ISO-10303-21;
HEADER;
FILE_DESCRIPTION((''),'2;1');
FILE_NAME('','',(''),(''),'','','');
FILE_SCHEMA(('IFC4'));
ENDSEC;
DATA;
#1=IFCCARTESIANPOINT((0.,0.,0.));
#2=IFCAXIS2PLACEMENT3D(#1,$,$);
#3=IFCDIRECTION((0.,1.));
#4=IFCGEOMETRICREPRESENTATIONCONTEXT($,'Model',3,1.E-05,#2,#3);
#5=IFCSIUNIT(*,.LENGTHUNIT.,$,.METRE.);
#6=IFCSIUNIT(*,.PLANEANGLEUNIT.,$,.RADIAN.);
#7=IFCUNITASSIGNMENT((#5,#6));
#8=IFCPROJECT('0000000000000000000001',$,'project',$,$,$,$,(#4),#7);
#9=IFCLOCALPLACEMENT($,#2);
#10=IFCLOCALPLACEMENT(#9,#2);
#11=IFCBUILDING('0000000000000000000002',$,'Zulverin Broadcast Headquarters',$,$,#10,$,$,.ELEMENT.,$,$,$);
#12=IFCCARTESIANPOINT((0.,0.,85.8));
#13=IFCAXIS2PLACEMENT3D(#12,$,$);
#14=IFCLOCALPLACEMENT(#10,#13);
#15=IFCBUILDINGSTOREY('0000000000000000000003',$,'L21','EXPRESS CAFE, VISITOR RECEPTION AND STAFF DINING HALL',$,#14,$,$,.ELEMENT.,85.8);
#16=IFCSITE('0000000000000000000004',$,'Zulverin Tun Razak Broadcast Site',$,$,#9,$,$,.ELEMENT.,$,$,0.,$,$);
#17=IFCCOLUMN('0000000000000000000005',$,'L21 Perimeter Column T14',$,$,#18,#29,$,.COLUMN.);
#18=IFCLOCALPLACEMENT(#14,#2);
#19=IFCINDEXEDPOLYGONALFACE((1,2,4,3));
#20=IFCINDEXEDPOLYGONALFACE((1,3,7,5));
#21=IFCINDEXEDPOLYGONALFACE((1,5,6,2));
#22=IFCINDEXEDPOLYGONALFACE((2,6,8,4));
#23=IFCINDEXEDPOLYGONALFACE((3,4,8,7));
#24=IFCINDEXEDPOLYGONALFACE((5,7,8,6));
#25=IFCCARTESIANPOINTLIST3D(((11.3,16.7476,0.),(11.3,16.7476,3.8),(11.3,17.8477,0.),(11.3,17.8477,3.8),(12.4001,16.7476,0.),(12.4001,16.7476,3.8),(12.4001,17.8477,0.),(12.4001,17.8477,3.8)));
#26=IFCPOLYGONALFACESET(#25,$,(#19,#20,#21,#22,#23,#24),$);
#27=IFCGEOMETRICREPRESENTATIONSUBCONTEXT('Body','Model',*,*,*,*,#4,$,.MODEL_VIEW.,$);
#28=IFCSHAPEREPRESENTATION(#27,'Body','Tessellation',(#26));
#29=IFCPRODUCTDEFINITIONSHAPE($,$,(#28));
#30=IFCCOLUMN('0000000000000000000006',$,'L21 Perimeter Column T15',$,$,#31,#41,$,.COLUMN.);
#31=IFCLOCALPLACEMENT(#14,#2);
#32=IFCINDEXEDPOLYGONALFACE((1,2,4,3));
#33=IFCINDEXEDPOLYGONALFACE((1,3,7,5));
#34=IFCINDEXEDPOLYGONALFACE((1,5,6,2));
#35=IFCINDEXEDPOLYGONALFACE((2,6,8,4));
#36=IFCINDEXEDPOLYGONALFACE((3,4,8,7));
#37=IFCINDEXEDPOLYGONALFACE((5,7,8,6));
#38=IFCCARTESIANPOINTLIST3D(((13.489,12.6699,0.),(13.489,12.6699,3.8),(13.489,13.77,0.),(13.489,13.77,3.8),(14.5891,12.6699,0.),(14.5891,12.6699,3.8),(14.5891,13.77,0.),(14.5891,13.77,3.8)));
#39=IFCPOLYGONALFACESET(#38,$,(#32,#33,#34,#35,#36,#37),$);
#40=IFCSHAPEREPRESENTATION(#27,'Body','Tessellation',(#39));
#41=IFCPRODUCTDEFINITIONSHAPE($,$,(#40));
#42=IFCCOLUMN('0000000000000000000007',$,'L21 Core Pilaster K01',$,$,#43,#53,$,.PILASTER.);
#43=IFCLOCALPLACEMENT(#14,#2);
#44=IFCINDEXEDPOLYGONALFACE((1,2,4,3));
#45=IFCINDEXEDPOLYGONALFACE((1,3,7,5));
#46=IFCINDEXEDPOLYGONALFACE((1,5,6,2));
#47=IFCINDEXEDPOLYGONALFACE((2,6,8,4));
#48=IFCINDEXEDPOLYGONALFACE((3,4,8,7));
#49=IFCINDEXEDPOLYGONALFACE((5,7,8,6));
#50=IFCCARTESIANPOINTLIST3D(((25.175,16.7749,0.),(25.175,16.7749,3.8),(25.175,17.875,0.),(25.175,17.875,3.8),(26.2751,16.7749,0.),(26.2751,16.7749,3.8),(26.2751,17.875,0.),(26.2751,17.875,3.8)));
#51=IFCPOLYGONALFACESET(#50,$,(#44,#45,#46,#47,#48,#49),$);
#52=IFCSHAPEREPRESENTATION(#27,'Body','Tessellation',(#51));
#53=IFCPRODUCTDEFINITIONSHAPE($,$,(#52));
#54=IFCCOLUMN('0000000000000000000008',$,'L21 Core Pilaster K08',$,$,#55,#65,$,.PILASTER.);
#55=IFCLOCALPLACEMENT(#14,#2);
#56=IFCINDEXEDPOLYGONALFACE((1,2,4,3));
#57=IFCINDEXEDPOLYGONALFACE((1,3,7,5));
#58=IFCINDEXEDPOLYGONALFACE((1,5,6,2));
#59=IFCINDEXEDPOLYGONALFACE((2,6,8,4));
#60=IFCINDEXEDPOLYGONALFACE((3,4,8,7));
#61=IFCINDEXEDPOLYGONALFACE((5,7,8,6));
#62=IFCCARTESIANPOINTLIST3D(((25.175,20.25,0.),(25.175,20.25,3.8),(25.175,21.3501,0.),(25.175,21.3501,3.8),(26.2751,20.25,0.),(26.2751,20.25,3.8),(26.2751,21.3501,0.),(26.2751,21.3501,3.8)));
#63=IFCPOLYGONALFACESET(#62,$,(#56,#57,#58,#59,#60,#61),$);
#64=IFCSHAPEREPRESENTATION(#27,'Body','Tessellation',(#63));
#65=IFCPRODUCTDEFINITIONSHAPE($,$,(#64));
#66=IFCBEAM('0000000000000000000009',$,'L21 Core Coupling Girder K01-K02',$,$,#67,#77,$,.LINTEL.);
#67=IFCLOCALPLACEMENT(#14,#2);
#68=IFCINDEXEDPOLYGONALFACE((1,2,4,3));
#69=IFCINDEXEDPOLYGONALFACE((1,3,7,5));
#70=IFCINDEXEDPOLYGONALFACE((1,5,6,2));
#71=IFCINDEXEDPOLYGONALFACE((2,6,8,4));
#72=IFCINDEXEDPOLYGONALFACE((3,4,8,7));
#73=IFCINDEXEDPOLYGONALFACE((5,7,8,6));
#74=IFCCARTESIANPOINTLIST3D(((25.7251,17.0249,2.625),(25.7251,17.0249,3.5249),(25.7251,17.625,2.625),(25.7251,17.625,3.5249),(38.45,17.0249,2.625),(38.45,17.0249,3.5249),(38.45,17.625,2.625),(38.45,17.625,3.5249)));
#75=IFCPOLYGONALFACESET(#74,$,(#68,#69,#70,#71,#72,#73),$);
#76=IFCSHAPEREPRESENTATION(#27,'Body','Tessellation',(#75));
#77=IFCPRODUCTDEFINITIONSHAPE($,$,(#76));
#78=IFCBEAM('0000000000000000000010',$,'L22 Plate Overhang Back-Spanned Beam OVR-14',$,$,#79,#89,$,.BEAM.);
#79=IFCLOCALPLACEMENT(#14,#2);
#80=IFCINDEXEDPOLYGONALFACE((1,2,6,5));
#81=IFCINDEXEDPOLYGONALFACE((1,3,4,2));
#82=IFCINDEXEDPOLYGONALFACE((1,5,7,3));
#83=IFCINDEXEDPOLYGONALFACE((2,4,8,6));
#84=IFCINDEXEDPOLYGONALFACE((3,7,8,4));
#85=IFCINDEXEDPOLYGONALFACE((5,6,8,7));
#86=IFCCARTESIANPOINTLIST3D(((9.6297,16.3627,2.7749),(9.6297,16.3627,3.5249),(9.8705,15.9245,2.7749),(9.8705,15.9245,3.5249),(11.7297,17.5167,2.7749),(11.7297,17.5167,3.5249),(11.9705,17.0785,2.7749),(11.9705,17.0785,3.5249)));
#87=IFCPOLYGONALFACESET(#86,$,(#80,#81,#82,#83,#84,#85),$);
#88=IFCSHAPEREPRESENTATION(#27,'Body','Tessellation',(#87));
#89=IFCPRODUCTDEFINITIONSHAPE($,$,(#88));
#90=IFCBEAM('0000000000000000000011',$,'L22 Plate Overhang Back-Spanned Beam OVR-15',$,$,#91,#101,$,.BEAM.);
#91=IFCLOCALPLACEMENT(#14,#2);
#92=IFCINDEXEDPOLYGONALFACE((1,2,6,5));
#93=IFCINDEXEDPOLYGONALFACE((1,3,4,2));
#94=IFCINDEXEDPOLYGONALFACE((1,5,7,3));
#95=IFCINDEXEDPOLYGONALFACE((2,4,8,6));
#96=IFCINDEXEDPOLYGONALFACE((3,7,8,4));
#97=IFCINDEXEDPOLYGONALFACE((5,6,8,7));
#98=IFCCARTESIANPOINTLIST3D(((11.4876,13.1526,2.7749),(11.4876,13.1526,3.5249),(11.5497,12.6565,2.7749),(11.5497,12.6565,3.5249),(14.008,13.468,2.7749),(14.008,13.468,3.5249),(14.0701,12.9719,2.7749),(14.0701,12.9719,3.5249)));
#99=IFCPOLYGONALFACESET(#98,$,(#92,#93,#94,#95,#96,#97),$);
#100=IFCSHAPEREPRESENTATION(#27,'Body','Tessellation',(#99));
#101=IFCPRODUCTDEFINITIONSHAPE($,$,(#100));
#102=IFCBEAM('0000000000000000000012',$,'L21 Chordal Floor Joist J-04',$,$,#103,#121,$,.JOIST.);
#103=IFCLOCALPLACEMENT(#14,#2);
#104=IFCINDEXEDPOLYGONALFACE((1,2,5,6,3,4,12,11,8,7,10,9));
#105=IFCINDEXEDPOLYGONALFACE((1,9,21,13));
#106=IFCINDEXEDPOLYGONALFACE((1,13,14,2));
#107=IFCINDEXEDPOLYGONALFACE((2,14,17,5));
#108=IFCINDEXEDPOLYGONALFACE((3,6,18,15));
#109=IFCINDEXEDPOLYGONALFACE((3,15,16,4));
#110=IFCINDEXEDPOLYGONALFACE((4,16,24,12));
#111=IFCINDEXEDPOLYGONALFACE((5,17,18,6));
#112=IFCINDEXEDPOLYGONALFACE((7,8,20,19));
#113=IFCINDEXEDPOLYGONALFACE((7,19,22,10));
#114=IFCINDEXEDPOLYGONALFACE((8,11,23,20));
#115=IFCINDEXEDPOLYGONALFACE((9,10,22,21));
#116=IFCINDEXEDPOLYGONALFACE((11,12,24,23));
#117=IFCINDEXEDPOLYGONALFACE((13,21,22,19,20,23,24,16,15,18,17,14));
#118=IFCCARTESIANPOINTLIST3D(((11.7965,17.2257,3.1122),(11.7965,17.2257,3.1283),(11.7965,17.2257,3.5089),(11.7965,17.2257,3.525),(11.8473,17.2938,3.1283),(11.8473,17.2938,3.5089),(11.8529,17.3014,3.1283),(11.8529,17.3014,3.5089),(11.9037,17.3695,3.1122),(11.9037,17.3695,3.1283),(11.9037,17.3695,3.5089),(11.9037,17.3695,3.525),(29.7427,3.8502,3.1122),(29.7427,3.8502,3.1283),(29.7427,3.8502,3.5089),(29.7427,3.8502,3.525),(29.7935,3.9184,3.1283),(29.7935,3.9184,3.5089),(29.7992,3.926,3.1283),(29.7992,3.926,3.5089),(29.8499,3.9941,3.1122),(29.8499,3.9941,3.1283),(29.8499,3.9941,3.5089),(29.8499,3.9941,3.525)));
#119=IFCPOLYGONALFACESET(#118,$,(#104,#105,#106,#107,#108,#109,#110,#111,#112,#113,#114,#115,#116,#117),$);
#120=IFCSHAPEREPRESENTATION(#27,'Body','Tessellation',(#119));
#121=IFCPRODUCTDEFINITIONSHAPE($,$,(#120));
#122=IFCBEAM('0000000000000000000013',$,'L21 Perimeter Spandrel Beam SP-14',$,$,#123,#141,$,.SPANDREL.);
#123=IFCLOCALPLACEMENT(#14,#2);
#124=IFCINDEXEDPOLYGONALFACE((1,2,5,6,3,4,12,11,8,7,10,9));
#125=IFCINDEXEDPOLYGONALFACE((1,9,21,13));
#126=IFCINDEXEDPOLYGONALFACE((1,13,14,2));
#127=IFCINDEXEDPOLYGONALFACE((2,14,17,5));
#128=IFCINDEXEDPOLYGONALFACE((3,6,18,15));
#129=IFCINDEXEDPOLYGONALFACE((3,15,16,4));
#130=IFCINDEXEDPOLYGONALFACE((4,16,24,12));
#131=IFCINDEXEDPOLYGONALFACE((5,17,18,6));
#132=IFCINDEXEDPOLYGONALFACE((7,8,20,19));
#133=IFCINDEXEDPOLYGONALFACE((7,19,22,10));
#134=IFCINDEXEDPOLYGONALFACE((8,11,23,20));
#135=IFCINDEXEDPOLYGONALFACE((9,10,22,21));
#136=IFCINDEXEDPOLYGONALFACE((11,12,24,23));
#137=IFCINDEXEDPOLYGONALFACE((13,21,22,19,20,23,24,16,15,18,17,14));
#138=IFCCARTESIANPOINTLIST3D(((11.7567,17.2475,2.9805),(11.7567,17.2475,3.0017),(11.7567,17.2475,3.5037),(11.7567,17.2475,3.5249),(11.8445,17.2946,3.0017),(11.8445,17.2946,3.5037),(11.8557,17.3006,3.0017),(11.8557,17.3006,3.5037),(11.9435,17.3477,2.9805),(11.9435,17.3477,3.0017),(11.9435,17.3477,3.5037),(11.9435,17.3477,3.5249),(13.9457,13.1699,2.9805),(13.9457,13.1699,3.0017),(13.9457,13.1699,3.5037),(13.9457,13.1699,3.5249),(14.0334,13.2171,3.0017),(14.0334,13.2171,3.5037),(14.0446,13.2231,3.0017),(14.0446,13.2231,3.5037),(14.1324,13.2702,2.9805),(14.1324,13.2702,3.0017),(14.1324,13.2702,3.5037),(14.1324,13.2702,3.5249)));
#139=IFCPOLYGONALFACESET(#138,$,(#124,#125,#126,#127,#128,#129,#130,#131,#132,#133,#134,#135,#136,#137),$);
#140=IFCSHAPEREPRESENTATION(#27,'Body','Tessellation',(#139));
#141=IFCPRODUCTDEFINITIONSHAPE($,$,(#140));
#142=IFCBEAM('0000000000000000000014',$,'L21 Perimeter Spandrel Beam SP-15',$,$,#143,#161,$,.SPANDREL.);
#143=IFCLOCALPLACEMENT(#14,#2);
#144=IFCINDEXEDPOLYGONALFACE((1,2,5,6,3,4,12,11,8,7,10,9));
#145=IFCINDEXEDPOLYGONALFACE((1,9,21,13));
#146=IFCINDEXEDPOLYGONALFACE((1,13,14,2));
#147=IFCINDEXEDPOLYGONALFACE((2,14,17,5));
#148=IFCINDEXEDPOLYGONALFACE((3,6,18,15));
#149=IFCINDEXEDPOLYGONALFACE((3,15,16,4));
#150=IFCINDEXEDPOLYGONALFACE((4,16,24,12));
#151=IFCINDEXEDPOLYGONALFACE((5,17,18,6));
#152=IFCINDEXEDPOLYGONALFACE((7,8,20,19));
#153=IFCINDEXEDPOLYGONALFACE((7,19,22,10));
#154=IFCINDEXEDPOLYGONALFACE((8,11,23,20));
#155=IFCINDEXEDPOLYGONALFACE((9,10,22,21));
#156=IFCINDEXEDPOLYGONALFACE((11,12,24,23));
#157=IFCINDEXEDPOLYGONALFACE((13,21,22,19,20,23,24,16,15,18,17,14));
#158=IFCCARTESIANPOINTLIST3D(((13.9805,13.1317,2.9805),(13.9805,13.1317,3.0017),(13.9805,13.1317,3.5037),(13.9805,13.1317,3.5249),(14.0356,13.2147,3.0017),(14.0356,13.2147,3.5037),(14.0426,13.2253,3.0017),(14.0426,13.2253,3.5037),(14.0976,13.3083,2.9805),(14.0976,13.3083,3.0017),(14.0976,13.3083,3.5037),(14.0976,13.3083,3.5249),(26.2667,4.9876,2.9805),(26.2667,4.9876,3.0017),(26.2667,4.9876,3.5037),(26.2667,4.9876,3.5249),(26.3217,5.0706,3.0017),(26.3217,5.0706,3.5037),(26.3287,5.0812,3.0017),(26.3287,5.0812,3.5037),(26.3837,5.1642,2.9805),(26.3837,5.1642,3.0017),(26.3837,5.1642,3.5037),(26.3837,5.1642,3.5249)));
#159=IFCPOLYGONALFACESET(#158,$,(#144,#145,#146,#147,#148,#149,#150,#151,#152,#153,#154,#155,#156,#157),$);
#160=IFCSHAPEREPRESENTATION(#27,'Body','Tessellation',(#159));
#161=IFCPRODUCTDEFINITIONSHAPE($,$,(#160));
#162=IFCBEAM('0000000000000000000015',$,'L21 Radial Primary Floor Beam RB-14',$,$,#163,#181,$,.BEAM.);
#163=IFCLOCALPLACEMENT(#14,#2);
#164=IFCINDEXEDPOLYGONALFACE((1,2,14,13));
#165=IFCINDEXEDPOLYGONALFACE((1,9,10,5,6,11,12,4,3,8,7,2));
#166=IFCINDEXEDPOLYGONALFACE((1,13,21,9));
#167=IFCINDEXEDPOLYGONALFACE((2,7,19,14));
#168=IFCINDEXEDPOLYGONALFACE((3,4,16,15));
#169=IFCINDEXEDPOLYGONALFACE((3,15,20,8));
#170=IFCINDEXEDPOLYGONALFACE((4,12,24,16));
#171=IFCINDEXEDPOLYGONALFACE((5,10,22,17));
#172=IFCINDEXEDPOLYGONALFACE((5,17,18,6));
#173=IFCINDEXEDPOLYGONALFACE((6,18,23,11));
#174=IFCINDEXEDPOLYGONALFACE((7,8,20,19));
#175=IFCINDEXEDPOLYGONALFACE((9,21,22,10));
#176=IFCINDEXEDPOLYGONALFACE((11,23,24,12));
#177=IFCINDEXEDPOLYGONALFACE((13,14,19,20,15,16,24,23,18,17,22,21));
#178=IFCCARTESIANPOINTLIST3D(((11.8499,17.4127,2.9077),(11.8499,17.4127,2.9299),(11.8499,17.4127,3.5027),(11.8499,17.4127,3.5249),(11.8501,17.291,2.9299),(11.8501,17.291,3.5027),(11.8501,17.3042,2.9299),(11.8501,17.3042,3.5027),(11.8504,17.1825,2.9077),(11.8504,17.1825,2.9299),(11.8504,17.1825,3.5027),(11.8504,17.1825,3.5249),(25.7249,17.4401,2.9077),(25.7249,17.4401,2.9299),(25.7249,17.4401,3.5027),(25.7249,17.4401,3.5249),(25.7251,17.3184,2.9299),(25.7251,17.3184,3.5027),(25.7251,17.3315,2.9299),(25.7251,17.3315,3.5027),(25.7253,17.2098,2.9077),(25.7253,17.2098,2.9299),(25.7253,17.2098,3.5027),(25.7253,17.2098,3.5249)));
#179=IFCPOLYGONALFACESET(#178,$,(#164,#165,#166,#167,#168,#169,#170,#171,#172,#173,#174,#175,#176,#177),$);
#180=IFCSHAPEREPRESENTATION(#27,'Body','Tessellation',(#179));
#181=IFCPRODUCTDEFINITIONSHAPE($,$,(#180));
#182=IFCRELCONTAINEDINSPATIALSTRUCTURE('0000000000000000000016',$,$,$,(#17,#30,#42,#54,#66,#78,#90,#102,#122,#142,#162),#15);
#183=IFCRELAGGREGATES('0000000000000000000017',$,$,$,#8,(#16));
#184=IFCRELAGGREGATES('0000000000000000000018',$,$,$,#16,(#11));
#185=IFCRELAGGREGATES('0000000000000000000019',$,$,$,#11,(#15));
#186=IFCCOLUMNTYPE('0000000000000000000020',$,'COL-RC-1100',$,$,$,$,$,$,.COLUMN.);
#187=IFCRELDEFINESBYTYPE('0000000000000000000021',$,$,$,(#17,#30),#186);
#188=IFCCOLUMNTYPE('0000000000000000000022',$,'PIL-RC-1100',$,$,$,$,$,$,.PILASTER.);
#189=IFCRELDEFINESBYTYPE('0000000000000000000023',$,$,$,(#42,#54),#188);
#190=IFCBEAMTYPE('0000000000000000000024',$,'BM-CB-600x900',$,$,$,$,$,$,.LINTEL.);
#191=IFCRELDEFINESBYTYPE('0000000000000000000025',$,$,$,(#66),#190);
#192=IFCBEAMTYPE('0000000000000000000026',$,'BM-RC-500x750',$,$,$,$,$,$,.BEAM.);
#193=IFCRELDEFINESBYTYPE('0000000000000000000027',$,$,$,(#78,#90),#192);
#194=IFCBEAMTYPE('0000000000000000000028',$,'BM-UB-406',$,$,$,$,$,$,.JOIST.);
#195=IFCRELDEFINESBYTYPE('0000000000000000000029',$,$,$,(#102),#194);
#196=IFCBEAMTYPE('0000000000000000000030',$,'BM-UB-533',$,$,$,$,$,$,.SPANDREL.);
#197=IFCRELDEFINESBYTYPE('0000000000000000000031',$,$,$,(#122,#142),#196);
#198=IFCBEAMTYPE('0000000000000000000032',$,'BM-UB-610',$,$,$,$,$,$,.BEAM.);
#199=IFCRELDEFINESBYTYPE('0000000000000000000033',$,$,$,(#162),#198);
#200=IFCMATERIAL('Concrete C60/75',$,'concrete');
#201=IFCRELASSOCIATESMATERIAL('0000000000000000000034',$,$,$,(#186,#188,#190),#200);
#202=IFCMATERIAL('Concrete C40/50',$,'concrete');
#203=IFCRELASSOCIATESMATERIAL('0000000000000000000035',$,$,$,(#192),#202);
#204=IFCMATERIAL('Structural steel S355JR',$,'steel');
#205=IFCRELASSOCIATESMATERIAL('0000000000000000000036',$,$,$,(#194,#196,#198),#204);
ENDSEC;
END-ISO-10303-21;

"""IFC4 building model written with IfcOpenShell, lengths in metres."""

from ifc_helpers import new_model, si_unit, direction, frame, origin, origin_2d, place, context, subcontext, project, spatial, rectangle, i_section, extrude, material, material_profile, profile_set, type_object, element, save


model = new_model("IFC4")

# Units and contexts
model_context = context("Model", 3, precision=1e-05, world=origin(), true_north=direction((0.0, 1.0)))
body_context = subcontext(model_context, "Body", "Model", "MODEL_VIEW")
ifc_project = project(units=[si_unit("LENGTHUNIT", "METRE"), si_unit("PLANEANGLEUNIT", "RADIAN")], contexts=[model_context])

# Site, building, storey
site_placement = place(None, origin())
site = spatial("IfcSite", under=ifc_project, at=site_placement, Name="Zulverin Tun Razak Broadcast Site", CompositionType="ELEMENT", RefElevation=0.0)
building_placement = place(site_placement, origin())
building = spatial("IfcBuilding", under=site, at=building_placement, Name="Zulverin Broadcast Headquarters", CompositionType="ELEMENT")
storey_placement = place(building_placement, frame((0.0, 0.0, 85.8)))
storey = spatial("IfcBuildingStorey", under=building, at=storey_placement, Name="L21", Description="EXPRESS CAFE, VISITOR RECEPTION AND STAFF DINING HALL", CompositionType="ELEMENT", Elevation=85.8)

# Columns
ifc_material_1 = material(Name="Concrete C60/75", Category="concrete")
ifc_material_profile_1 = material_profile(ifc_material_1, rectangle(XDim=1.1001, YDim=1.1001, at=origin_2d()), Name="Concrete C60/75", Category="concrete")
ifc_profile_set_1 = profile_set([ifc_material_profile_1], Name="Concrete C60/75")
column_type_1 = type_object("IfcColumnType", Name="COL-RC-1100", PredefinedType="COLUMN", material=ifc_profile_set_1)
for number, where, z_axis, x_axis, name in (
    (1, (11.8501, 17.2976, 0.0), (0.0, 0.0, 1.0), (1.0, 0.0, 0.0), "L21 Perimeter Column T14"),
    (2, (14.0391, 13.22, 0.0), (0.0, 0.0, 1.0), (1.0, 0.0, 0.0), "L21 Perimeter Column T15"),
):
    element("IfcColumn", number, at=place(storey_placement, frame(where, z_axis=z_axis, x_axis=x_axis)), inside=storey, type_object=column_type_1, Name=name, PredefinedType="COLUMN", context=body_context, shape_type="SweptSolid", body=[
        extrude(rectangle(XDim=1.1001, YDim=1.1001, at=origin_2d()), origin(), (0.0, 0.0, 1.0), 3.8),
    ])
ifc_material_profile_2 = material_profile(ifc_material_1, rectangle(XDim=1.1001, YDim=1.1001, at=origin_2d()), Name="Concrete C60/75", Category="concrete")
ifc_profile_set_2 = profile_set([ifc_material_profile_2], Name="Concrete C60/75")
column_type_2 = type_object("IfcColumnType", Name="PIL-RC-1100", PredefinedType="PILASTER", material=ifc_profile_set_2)
for number, where, z_axis, x_axis, name in (
    (3, (25.7251, 17.325, 0.0), (0.0, 0.0, 1.0), (1.0, 0.0, 0.0), "L21 Core Pilaster K01"),
    (4, (25.7251, 20.8, 0.0), (0.0, 0.0, 1.0), (1.0, 0.0, 0.0), "L21 Core Pilaster K08"),
):
    element("IfcColumn", number, at=place(storey_placement, frame(where, z_axis=z_axis, x_axis=x_axis)), inside=storey, type_object=column_type_2, Name=name, PredefinedType="PILASTER", context=body_context, shape_type="SweptSolid", body=[
        extrude(rectangle(XDim=1.1001, YDim=1.1001, at=origin_2d()), origin(), (0.0, 0.0, 1.0), 3.8),
    ])

# Beams
ifc_material_profile_3 = material_profile(ifc_material_1, rectangle(XDim=0.6001, YDim=0.8999, at=origin_2d()), Name="Concrete C60/75", Category="concrete")
ifc_profile_set_3 = profile_set([ifc_material_profile_3], Name="Concrete C60/75")
beam_type_1 = type_object("IfcBeamType", Name="BM-CB-600x900", PredefinedType="LINTEL", material=ifc_profile_set_3)
beam_1_placement = place(storey_placement, frame((25.7251, 17.325, 3.075), z_axis=(1.0, 0.0, 0.0), x_axis=(0.0, 1.0, 0.0)))
element("IfcBeam", 5, at=beam_1_placement, inside=storey, type_object=beam_type_1, Name="L21 Core Coupling Girder K01-K02", PredefinedType="LINTEL", context=body_context, shape_type="SweptSolid", body=[
    extrude(rectangle(XDim=0.6001, YDim=0.8999, at=origin_2d()), origin(), (0.0, 0.0, 1.0), 12.7249),
])
ifc_material_2 = material(Name="Concrete C40/50", Category="concrete")
ifc_material_profile_4 = material_profile(ifc_material_2, rectangle(XDim=0.5, YDim=0.75, at=origin_2d()), Name="Concrete C40/50", Category="concrete")
ifc_profile_set_4 = profile_set([ifc_material_profile_4], Name="Concrete C40/50")
beam_type_2 = type_object("IfcBeamType", Name="BM-RC-500x750", PredefinedType="BEAM", material=ifc_profile_set_4)
beam_2_placement = place(storey_placement, frame((11.8501, 17.2976, 3.1499), z_axis=(-0.876392, -0.481598, 0.0), x_axis=(0.481598, -0.876392, 0.0)))
element("IfcBeam", 6, at=beam_2_placement, inside=storey, type_object=beam_type_2, Name="L22 Plate Overhang Back-Spanned Beam OVR-14", PredefinedType="BEAM", context=body_context, shape_type="SweptSolid", body=[
    extrude(rectangle(XDim=0.5, YDim=0.75, at=origin_2d()), origin(), (0.0, 0.0, 1.0), 2.3962),
])
beam_3_placement = place(storey_placement, frame((14.0391, 13.22, 3.1499), z_axis=(-0.992259, -0.124189, 0.0), x_axis=(0.124189, -0.992259, 0.0)))
element("IfcBeam", 7, at=beam_3_placement, inside=storey, type_object=beam_type_2, Name="L22 Plate Overhang Back-Spanned Beam OVR-15", PredefinedType="BEAM", context=body_context, shape_type="SweptSolid", body=[
    extrude(rectangle(XDim=0.5, YDim=0.75, at=origin_2d()), origin(), (0.0, 0.0, 1.0), 2.54),
])
ifc_material_3 = material(Name="Structural steel S355JR", Category="steel")
ifc_material_profile_5 = material_profile(ifc_material_3, i_section(OverallWidth=0.1794, OverallDepth=0.4128, WebThickness=0.0095, FlangeThickness=0.0161, at=origin_2d()), Name="Structural steel S355JR", Category="steel")
ifc_profile_set_5 = profile_set([ifc_material_profile_5], Name="Structural steel S355JR")
beam_type_3 = type_object("IfcBeamType", Name="BM-UB-406", PredefinedType="JOIST", material=ifc_profile_set_5)
beam_4_placement = place(storey_placement, frame((11.8501, 17.2976, 3.3186), z_axis=(0.801803, -0.597589, 0.0), x_axis=(0.597589, 0.801803, 0.0)))
element("IfcBeam", 8, at=beam_4_placement, inside=storey, type_object=beam_type_3, Name="L21 Chordal Floor Joist J-04", PredefinedType="JOIST", context=body_context, shape_type="SweptSolid", body=[
    extrude(i_section(OverallWidth=0.1794, OverallDepth=0.4128, WebThickness=0.0095, FlangeThickness=0.0161, at=origin_2d()), origin(), (0.0, 0.0, 1.0), 22.3823),
])
ifc_material_profile_6 = material_profile(ifc_material_3, i_section(OverallWidth=0.2119, OverallDepth=0.5444, WebThickness=0.0127, FlangeThickness=0.0212, at=origin_2d()), Name="Structural steel S355JR", Category="steel")
ifc_profile_set_6 = profile_set([ifc_material_profile_6], Name="Structural steel S355JR")
beam_type_4 = type_object("IfcBeamType", Name="BM-UB-533", PredefinedType="SPANDREL", material=ifc_profile_set_6)
beam_5_placement = place(storey_placement, frame((11.8501, 17.2976, 3.2527), z_axis=(0.47298, -0.881073, 0.0), x_axis=(0.881073, 0.47298, 0.0)))
element("IfcBeam", 9, at=beam_5_placement, inside=storey, type_object=beam_type_4, Name="L21 Perimeter Spandrel Beam SP-14", PredefinedType="SPANDREL", context=body_context, shape_type="SweptSolid", body=[
    extrude(i_section(OverallWidth=0.2119, OverallDepth=0.5444, WebThickness=0.0127, FlangeThickness=0.0212, at=origin_2d()), origin(), (0.0, 0.0, 1.0), 4.6279),
])
beam_6_placement = place(storey_placement, frame((14.0391, 13.22, 3.2527), z_axis=(0.83351, -0.552504, 0.0), x_axis=(0.552504, 0.83351, 0.0)))
element("IfcBeam", 10, at=beam_6_placement, inside=storey, type_object=beam_type_4, Name="L21 Perimeter Spandrel Beam SP-15", PredefinedType="SPANDREL", context=body_context, shape_type="SweptSolid", body=[
    extrude(i_section(OverallWidth=0.2119, OverallDepth=0.5444, WebThickness=0.0127, FlangeThickness=0.0212, at=origin_2d()), origin(), (0.0, 0.0, 1.0), 14.7402),
])
ifc_material_profile_7 = material_profile(ifc_material_3, i_section(OverallWidth=0.2302, OverallDepth=0.6172, WebThickness=0.0132, FlangeThickness=0.0222, at=origin_2d()), Name="Structural steel S355JR", Category="steel")
ifc_profile_set_7 = profile_set([ifc_material_profile_7], Name="Structural steel S355JR")
beam_type_5 = type_object("IfcBeamType", Name="BM-UB-610", PredefinedType="BEAM", material=ifc_profile_set_7)
beam_7_placement = place(storey_placement, frame((25.7251, 17.325, 3.2163), z_axis=(-0.999998, -0.001971, 0.0), x_axis=(0.001971, -0.999998, 0.0)))
element("IfcBeam", 11, at=beam_7_placement, inside=storey, type_object=beam_type_5, Name="L21 Radial Primary Floor Beam RB-14", PredefinedType="BEAM", context=body_context, shape_type="SweptSolid", body=[
    extrude(i_section(OverallWidth=0.2302, OverallDepth=0.6172, WebThickness=0.0132, FlangeThickness=0.0222, at=origin_2d()), origin(), (0.0, 0.0, 1.0), 13.875),
])

save(model, "model.ifc")
